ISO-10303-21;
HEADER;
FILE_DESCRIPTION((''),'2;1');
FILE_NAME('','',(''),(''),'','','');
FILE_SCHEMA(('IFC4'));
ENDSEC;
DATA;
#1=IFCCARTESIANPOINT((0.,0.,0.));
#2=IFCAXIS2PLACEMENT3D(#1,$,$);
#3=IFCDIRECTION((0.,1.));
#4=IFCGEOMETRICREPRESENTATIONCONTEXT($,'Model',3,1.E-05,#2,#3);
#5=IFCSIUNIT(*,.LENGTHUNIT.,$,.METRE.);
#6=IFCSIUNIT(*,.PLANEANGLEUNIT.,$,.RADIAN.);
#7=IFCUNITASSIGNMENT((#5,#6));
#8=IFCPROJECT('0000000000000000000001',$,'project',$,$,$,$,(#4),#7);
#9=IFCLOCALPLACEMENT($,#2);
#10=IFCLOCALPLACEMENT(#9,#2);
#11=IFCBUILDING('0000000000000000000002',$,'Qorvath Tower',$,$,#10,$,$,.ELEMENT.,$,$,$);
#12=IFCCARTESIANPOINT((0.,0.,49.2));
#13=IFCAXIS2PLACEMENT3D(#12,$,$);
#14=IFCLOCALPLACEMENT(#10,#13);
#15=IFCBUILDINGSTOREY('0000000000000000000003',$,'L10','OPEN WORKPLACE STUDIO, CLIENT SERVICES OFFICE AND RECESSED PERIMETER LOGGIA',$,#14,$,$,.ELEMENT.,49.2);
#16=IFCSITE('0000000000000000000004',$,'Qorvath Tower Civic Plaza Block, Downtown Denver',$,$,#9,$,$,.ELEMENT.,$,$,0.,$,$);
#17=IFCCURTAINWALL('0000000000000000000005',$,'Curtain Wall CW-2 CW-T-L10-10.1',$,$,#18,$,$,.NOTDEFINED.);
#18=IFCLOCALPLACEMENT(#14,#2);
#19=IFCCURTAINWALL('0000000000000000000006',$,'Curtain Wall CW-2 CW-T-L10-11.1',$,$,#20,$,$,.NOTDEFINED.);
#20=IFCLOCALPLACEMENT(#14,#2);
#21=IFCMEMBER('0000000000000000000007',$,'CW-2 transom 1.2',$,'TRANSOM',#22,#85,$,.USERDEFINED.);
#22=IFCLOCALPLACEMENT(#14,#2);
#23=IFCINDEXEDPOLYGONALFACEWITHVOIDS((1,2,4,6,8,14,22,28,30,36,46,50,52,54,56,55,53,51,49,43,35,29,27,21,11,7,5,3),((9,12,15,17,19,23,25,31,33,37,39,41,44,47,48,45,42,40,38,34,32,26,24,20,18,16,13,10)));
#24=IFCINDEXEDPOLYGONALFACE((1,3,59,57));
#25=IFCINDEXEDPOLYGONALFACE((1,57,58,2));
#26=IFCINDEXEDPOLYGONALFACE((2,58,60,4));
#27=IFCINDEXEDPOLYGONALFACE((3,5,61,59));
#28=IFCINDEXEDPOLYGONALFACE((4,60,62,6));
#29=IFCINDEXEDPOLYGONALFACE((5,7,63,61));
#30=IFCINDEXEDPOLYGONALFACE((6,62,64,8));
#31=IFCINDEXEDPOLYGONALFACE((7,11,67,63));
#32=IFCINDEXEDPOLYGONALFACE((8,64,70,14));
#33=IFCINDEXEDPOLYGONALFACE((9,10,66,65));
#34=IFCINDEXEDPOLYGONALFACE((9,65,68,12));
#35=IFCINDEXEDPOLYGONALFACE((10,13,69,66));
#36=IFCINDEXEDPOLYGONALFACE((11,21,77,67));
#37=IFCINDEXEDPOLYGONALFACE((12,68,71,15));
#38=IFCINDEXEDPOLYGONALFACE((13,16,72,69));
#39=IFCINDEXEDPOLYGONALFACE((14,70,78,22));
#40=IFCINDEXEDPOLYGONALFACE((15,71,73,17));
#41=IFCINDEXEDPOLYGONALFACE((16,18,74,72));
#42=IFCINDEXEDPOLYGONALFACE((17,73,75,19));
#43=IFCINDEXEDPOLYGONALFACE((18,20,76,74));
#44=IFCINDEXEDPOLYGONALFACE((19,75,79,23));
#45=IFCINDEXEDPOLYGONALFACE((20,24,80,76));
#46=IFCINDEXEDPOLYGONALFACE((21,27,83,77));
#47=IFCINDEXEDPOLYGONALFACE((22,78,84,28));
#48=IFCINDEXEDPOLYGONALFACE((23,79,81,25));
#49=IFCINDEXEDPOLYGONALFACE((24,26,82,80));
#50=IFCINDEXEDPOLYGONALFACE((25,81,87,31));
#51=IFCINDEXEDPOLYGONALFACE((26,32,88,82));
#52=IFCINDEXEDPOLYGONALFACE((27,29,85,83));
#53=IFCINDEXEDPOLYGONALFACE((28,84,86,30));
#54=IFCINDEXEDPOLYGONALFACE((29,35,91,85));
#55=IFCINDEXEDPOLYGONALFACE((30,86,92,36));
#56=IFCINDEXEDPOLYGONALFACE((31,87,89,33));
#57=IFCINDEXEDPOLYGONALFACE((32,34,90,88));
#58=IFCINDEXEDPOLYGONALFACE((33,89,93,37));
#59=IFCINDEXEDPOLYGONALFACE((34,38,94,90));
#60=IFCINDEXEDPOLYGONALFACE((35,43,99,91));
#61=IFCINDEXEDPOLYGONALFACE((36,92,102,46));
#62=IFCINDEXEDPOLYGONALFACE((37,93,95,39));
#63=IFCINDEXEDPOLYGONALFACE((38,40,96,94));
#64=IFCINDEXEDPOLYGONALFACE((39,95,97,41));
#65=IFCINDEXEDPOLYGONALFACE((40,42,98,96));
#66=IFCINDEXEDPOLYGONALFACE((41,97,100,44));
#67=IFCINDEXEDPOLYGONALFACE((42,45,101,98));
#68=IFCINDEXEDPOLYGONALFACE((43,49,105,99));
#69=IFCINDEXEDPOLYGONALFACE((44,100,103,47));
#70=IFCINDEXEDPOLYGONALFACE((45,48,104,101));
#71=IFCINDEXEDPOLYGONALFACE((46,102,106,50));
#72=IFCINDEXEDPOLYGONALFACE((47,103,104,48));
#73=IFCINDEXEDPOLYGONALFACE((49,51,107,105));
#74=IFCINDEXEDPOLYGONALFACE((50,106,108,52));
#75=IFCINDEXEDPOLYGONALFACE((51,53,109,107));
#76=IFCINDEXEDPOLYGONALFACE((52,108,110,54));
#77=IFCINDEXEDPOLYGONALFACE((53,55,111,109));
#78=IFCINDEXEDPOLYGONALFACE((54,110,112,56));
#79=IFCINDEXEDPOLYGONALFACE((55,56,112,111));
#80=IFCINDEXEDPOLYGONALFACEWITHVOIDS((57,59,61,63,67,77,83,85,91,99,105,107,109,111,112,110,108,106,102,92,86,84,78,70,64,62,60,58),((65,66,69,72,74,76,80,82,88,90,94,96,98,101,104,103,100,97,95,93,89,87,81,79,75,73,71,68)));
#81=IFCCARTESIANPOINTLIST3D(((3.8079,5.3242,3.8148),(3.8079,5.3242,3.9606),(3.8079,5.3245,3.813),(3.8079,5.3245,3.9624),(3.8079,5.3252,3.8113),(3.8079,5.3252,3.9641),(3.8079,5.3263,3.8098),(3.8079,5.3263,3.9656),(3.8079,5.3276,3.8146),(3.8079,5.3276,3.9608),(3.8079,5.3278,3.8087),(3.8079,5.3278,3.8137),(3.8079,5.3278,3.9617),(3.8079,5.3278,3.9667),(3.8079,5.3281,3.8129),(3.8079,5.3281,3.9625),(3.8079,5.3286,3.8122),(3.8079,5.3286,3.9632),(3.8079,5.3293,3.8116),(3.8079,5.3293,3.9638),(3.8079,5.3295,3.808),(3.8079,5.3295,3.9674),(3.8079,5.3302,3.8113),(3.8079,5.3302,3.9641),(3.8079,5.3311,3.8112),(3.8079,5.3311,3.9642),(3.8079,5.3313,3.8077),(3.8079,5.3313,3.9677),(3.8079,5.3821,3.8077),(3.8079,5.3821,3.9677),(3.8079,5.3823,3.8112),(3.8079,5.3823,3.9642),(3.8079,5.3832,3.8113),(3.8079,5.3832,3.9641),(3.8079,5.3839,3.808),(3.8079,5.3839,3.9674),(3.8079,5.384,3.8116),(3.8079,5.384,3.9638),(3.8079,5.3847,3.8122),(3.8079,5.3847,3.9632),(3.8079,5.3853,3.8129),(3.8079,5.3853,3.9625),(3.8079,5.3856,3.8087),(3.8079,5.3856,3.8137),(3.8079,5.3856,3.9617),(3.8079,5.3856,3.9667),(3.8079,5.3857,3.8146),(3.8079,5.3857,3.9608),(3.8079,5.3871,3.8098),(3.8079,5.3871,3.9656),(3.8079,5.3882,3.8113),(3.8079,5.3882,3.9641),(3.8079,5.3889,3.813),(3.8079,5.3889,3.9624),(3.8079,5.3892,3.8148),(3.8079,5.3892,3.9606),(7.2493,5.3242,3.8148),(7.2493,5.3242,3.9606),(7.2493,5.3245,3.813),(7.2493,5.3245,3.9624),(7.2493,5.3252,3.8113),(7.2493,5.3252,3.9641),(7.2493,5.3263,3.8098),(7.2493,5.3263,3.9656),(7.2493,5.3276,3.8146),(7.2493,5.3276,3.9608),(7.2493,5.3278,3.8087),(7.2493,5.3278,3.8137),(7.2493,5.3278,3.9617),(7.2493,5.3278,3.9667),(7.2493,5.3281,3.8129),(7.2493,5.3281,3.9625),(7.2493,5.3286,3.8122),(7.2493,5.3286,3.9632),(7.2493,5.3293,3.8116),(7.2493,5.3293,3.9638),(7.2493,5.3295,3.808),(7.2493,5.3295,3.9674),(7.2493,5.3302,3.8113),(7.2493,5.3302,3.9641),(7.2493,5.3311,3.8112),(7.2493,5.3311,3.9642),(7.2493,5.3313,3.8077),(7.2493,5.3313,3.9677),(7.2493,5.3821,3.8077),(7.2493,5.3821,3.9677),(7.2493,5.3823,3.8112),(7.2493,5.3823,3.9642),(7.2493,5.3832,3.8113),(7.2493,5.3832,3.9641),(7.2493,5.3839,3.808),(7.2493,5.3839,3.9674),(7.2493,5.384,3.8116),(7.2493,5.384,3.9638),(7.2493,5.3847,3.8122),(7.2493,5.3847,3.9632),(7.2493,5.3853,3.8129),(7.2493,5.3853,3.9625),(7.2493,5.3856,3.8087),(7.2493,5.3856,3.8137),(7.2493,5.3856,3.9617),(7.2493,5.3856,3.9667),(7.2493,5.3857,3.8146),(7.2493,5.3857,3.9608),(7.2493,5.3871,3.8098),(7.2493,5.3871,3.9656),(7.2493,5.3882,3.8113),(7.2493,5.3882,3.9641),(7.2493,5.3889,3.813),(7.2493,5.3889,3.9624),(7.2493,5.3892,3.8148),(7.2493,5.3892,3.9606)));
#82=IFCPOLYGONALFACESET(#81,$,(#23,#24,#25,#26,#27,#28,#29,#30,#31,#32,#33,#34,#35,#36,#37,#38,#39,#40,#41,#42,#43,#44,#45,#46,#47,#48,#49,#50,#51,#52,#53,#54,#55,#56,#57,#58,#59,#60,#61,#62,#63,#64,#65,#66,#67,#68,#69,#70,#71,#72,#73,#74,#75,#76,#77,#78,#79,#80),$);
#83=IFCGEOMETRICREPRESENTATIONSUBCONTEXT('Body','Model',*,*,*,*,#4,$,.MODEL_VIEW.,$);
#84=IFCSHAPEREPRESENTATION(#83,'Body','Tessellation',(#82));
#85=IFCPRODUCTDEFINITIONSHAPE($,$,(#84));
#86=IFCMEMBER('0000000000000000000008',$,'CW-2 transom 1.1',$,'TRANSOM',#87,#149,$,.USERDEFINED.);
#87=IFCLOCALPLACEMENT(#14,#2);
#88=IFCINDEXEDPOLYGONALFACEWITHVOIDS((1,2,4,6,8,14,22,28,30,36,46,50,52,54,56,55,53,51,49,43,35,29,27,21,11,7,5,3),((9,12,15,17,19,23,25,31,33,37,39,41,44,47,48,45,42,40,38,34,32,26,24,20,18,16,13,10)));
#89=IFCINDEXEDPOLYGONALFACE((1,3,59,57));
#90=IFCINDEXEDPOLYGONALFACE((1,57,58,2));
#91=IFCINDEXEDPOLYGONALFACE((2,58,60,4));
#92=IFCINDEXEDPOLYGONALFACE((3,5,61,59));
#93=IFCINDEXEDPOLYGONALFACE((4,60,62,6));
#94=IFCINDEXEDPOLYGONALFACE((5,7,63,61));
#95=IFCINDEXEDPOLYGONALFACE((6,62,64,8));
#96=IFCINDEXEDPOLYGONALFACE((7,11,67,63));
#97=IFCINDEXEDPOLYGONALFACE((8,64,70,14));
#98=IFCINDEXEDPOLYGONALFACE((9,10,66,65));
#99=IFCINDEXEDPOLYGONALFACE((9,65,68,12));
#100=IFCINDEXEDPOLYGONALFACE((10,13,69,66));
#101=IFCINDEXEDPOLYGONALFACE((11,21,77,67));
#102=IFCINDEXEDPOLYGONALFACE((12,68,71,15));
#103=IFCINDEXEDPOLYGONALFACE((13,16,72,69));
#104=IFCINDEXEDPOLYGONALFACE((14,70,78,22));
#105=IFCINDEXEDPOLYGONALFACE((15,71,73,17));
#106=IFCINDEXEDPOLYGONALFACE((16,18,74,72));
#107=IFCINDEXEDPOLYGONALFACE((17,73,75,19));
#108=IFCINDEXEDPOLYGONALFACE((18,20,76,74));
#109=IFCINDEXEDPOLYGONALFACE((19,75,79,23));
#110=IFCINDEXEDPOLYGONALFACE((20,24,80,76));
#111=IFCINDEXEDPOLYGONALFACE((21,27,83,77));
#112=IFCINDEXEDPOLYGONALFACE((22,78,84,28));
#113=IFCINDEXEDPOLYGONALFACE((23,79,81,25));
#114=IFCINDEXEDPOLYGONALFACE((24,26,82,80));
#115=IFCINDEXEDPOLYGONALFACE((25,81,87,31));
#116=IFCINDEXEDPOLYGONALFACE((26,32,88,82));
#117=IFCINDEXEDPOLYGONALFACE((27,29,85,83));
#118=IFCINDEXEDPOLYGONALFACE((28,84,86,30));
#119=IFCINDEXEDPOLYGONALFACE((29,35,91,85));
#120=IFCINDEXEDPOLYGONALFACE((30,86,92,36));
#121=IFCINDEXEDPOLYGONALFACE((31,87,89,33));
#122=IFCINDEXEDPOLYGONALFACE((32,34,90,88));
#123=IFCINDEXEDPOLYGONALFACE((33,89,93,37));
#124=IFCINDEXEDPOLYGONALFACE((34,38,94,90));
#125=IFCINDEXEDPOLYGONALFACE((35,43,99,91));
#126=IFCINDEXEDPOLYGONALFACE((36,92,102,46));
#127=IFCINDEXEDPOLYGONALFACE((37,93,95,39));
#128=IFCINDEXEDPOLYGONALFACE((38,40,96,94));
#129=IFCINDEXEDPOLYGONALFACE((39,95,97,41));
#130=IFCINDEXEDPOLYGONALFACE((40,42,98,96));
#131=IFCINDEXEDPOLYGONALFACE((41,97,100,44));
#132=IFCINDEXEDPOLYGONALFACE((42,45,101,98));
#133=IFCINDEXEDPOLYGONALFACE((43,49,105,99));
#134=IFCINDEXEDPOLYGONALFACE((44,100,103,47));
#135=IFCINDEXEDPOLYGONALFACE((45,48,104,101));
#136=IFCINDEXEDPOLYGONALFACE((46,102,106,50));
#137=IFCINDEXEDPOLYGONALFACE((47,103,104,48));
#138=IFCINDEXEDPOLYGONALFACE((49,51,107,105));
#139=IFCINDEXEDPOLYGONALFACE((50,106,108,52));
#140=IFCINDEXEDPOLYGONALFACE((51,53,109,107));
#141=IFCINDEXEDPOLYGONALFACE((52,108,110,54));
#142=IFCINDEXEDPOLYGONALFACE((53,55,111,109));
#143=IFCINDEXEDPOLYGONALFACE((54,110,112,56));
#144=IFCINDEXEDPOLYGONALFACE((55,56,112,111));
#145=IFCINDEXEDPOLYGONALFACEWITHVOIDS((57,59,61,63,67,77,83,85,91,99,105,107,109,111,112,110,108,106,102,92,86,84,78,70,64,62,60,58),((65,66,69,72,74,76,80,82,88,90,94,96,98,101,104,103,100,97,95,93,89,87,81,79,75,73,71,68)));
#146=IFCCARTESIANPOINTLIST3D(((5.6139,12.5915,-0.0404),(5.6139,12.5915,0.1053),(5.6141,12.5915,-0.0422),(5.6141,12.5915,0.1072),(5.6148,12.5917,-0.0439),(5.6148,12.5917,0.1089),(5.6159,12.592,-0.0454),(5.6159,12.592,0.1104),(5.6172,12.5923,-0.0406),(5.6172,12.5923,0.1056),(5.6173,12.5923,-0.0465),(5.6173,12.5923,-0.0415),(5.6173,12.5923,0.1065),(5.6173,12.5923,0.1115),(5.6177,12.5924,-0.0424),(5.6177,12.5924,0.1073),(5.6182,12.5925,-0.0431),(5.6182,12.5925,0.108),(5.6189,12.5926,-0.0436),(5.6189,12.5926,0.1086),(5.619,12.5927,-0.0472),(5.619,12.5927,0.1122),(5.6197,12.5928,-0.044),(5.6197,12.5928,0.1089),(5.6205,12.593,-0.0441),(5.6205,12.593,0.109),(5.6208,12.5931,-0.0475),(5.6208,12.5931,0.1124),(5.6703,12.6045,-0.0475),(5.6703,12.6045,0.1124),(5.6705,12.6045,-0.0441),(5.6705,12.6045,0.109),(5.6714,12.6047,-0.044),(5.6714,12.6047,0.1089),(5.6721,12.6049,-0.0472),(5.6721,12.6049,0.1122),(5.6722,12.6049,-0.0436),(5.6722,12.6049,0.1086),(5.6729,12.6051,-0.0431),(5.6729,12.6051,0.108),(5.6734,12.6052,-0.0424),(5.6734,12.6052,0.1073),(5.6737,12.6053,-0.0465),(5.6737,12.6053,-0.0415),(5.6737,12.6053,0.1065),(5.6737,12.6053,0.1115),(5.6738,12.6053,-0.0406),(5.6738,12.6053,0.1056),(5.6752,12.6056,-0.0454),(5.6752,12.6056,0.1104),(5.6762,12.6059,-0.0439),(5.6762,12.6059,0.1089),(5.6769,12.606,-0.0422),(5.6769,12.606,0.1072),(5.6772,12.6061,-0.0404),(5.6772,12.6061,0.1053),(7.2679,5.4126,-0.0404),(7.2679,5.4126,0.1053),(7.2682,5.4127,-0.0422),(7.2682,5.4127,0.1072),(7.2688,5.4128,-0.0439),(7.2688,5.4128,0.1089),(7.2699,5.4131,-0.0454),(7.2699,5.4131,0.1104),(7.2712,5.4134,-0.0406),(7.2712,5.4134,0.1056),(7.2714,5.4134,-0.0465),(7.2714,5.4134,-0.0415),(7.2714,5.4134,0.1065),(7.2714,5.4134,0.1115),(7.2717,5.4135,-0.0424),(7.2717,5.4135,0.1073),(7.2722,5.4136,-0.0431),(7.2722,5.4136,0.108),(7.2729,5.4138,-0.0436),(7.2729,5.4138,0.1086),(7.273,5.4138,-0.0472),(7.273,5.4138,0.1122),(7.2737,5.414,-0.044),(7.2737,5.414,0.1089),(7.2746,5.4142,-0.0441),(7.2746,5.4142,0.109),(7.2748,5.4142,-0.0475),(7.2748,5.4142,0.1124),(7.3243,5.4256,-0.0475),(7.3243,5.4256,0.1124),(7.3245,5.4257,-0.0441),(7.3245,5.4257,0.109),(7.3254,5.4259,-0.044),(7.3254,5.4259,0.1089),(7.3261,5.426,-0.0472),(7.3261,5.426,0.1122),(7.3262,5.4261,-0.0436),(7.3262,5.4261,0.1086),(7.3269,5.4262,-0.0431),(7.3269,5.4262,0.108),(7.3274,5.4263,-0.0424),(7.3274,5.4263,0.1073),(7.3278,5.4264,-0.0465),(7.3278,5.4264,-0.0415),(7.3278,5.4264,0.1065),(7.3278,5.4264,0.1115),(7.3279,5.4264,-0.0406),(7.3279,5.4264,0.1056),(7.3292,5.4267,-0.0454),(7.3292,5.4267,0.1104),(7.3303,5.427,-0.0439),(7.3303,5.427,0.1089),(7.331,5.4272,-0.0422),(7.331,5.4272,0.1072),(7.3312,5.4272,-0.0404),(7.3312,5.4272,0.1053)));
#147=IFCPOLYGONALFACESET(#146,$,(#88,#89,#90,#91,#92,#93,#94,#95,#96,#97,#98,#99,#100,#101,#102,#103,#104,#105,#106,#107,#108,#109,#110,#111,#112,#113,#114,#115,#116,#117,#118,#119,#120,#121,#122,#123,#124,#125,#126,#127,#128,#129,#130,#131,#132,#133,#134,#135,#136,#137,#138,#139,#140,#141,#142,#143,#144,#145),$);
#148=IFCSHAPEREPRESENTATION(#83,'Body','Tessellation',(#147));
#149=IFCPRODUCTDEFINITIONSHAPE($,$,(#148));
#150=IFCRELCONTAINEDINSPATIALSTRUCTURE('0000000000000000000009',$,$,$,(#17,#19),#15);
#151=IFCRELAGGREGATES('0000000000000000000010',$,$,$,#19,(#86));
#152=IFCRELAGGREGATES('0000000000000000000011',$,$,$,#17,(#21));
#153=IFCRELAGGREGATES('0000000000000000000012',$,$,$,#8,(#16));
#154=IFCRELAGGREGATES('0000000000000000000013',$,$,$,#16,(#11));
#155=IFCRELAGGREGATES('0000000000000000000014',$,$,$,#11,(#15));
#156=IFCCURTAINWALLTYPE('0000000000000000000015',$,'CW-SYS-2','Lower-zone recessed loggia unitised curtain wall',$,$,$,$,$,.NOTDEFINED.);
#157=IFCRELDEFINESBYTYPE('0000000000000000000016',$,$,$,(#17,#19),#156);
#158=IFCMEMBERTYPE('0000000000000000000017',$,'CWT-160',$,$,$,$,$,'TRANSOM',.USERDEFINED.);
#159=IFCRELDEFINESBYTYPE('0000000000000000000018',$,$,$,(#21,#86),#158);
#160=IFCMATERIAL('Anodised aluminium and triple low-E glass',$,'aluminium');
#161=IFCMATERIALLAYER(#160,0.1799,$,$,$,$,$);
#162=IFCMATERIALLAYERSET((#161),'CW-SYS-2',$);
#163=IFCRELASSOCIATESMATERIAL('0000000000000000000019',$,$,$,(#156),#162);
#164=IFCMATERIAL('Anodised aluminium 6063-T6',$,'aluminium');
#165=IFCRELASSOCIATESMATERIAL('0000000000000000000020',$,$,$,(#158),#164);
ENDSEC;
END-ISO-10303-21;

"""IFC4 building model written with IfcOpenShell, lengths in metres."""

from ifc_helpers import new_model, si_unit, direction, frame, origin, origin_2d, place, context, subcontext, project, spatial, hollow_rectangle, extrude, material, layer, layer_set, material_profile, profile_set, type_object, element, aggregate, save


model = new_model("IFC4")

# Units and contexts
model_context = context("Model", 3, precision=1e-05, world=origin(), true_north=direction((0.0, 1.0)))
body_context = subcontext(model_context, "Body", "Model", "MODEL_VIEW")
ifc_project = project(units=[si_unit("LENGTHUNIT", "METRE"), si_unit("PLANEANGLEUNIT", "RADIAN")], contexts=[model_context])

# Site, building, storey
site_placement = place(None, origin())
site = spatial("IfcSite", under=ifc_project, at=site_placement, Name="Qorvath Tower Civic Plaza Block, Downtown Denver", CompositionType="ELEMENT", RefElevation=0.0)
building_placement = place(site_placement, origin())
building = spatial("IfcBuilding", under=site, at=building_placement, Name="Qorvath Tower", CompositionType="ELEMENT")
storey_placement = place(building_placement, frame((0.0, 0.0, 49.2)))
storey = spatial("IfcBuildingStorey", under=building, at=storey_placement, Name="L10", Description="OPEN WORKPLACE STUDIO, CLIENT SERVICES OFFICE AND RECESSED PERIMETER LOGGIA", CompositionType="ELEMENT", Elevation=49.2)

# Curtain wall
ifc_material_1 = material(Name="Anodised aluminium and triple low-E glass", Category="aluminium")
ifc_layer_1 = layer(ifc_material_1, 0.1799)
ifc_layer_set_1 = layer_set([ifc_layer_1], Name="CW-SYS-2")
curtain_wall_type = type_object("IfcCurtainWallType", Name="CW-SYS-2", Description="Lower-zone recessed loggia unitised curtain wall", PredefinedType="NOTDEFINED", material=ifc_layer_set_1)
curtain_wall_1_placement = place(storey_placement, origin())
curtain_wall_1 = element("IfcCurtainWall", 1, at=curtain_wall_1_placement, inside=storey, type_object=curtain_wall_type, Name="Curtain Wall CW-2 CW-T-L10-10.1", PredefinedType="NOTDEFINED")

# Curtain wall
curtain_wall_2_placement = place(storey_placement, origin())
curtain_wall_2 = element("IfcCurtainWall", 2, at=curtain_wall_2_placement, inside=storey, type_object=curtain_wall_type, Name="Curtain Wall CW-2 CW-T-L10-11.1", PredefinedType="NOTDEFINED")

# Members
ifc_material_2 = material(Name="Anodised aluminium 6063-T6", Category="aluminium")
ifc_material_profile_1 = material_profile(ifc_material_2, hollow_rectangle(XDim=0.0649, YDim=0.1599, WallThickness=0.0034, InnerFilletRadius=0.0034, OuterFilletRadius=0.0071, at=origin_2d()), Name="CWT 160x65")
ifc_profile_set_1 = profile_set([ifc_material_profile_1], Name="Anodised aluminium 6063-T6")
member_type_1 = type_object("IfcMemberType", Name="CWT-160", ElementType="TRANSOM", PredefinedType="USERDEFINED", material=ifc_profile_set_1)
member_1_placement = place(storey_placement, frame((3.8079, 5.3567, 3.8877), z_axis=(1.0, 0.0, 0.0), x_axis=(0.0, 1.0, 0.0)))
member_1 = element("IfcMember", 3, at=member_1_placement, type_object=member_type_1, Name="CW-2 transom 1.2", ObjectType="TRANSOM", PredefinedType="USERDEFINED", context=body_context, shape_type="SweptSolid", body=[
    extrude(hollow_rectangle(XDim=0.0649, YDim=0.1599, WallThickness=0.0034, InnerFilletRadius=0.0034, OuterFilletRadius=0.0071, at=origin_2d()), origin(), (0.0, 0.0, 1.0), 3.4414),
])
member_2_placement = place(storey_placement, frame((7.2996, 5.4199, 0.0325), z_axis=(-0.224521, 0.974469, 0.0), x_axis=(-0.974469, -0.224521, 0.0)))
member_2 = element("IfcMember", 4, at=member_2_placement, type_object=member_type_1, Name="CW-2 transom 1.1", ObjectType="TRANSOM", PredefinedType="USERDEFINED", context=body_context, shape_type="SweptSolid", body=[
    extrude(hollow_rectangle(XDim=0.0649, YDim=0.1599, WallThickness=0.0034, InnerFilletRadius=0.0034, OuterFilletRadius=0.0071, at=origin_2d()), origin(), (0.0, 0.0, 1.0), 7.3669),
])
aggregate(curtain_wall_2, [member_2])

aggregate(curtain_wall_1, [member_1])

save(model, "model.ifc")
